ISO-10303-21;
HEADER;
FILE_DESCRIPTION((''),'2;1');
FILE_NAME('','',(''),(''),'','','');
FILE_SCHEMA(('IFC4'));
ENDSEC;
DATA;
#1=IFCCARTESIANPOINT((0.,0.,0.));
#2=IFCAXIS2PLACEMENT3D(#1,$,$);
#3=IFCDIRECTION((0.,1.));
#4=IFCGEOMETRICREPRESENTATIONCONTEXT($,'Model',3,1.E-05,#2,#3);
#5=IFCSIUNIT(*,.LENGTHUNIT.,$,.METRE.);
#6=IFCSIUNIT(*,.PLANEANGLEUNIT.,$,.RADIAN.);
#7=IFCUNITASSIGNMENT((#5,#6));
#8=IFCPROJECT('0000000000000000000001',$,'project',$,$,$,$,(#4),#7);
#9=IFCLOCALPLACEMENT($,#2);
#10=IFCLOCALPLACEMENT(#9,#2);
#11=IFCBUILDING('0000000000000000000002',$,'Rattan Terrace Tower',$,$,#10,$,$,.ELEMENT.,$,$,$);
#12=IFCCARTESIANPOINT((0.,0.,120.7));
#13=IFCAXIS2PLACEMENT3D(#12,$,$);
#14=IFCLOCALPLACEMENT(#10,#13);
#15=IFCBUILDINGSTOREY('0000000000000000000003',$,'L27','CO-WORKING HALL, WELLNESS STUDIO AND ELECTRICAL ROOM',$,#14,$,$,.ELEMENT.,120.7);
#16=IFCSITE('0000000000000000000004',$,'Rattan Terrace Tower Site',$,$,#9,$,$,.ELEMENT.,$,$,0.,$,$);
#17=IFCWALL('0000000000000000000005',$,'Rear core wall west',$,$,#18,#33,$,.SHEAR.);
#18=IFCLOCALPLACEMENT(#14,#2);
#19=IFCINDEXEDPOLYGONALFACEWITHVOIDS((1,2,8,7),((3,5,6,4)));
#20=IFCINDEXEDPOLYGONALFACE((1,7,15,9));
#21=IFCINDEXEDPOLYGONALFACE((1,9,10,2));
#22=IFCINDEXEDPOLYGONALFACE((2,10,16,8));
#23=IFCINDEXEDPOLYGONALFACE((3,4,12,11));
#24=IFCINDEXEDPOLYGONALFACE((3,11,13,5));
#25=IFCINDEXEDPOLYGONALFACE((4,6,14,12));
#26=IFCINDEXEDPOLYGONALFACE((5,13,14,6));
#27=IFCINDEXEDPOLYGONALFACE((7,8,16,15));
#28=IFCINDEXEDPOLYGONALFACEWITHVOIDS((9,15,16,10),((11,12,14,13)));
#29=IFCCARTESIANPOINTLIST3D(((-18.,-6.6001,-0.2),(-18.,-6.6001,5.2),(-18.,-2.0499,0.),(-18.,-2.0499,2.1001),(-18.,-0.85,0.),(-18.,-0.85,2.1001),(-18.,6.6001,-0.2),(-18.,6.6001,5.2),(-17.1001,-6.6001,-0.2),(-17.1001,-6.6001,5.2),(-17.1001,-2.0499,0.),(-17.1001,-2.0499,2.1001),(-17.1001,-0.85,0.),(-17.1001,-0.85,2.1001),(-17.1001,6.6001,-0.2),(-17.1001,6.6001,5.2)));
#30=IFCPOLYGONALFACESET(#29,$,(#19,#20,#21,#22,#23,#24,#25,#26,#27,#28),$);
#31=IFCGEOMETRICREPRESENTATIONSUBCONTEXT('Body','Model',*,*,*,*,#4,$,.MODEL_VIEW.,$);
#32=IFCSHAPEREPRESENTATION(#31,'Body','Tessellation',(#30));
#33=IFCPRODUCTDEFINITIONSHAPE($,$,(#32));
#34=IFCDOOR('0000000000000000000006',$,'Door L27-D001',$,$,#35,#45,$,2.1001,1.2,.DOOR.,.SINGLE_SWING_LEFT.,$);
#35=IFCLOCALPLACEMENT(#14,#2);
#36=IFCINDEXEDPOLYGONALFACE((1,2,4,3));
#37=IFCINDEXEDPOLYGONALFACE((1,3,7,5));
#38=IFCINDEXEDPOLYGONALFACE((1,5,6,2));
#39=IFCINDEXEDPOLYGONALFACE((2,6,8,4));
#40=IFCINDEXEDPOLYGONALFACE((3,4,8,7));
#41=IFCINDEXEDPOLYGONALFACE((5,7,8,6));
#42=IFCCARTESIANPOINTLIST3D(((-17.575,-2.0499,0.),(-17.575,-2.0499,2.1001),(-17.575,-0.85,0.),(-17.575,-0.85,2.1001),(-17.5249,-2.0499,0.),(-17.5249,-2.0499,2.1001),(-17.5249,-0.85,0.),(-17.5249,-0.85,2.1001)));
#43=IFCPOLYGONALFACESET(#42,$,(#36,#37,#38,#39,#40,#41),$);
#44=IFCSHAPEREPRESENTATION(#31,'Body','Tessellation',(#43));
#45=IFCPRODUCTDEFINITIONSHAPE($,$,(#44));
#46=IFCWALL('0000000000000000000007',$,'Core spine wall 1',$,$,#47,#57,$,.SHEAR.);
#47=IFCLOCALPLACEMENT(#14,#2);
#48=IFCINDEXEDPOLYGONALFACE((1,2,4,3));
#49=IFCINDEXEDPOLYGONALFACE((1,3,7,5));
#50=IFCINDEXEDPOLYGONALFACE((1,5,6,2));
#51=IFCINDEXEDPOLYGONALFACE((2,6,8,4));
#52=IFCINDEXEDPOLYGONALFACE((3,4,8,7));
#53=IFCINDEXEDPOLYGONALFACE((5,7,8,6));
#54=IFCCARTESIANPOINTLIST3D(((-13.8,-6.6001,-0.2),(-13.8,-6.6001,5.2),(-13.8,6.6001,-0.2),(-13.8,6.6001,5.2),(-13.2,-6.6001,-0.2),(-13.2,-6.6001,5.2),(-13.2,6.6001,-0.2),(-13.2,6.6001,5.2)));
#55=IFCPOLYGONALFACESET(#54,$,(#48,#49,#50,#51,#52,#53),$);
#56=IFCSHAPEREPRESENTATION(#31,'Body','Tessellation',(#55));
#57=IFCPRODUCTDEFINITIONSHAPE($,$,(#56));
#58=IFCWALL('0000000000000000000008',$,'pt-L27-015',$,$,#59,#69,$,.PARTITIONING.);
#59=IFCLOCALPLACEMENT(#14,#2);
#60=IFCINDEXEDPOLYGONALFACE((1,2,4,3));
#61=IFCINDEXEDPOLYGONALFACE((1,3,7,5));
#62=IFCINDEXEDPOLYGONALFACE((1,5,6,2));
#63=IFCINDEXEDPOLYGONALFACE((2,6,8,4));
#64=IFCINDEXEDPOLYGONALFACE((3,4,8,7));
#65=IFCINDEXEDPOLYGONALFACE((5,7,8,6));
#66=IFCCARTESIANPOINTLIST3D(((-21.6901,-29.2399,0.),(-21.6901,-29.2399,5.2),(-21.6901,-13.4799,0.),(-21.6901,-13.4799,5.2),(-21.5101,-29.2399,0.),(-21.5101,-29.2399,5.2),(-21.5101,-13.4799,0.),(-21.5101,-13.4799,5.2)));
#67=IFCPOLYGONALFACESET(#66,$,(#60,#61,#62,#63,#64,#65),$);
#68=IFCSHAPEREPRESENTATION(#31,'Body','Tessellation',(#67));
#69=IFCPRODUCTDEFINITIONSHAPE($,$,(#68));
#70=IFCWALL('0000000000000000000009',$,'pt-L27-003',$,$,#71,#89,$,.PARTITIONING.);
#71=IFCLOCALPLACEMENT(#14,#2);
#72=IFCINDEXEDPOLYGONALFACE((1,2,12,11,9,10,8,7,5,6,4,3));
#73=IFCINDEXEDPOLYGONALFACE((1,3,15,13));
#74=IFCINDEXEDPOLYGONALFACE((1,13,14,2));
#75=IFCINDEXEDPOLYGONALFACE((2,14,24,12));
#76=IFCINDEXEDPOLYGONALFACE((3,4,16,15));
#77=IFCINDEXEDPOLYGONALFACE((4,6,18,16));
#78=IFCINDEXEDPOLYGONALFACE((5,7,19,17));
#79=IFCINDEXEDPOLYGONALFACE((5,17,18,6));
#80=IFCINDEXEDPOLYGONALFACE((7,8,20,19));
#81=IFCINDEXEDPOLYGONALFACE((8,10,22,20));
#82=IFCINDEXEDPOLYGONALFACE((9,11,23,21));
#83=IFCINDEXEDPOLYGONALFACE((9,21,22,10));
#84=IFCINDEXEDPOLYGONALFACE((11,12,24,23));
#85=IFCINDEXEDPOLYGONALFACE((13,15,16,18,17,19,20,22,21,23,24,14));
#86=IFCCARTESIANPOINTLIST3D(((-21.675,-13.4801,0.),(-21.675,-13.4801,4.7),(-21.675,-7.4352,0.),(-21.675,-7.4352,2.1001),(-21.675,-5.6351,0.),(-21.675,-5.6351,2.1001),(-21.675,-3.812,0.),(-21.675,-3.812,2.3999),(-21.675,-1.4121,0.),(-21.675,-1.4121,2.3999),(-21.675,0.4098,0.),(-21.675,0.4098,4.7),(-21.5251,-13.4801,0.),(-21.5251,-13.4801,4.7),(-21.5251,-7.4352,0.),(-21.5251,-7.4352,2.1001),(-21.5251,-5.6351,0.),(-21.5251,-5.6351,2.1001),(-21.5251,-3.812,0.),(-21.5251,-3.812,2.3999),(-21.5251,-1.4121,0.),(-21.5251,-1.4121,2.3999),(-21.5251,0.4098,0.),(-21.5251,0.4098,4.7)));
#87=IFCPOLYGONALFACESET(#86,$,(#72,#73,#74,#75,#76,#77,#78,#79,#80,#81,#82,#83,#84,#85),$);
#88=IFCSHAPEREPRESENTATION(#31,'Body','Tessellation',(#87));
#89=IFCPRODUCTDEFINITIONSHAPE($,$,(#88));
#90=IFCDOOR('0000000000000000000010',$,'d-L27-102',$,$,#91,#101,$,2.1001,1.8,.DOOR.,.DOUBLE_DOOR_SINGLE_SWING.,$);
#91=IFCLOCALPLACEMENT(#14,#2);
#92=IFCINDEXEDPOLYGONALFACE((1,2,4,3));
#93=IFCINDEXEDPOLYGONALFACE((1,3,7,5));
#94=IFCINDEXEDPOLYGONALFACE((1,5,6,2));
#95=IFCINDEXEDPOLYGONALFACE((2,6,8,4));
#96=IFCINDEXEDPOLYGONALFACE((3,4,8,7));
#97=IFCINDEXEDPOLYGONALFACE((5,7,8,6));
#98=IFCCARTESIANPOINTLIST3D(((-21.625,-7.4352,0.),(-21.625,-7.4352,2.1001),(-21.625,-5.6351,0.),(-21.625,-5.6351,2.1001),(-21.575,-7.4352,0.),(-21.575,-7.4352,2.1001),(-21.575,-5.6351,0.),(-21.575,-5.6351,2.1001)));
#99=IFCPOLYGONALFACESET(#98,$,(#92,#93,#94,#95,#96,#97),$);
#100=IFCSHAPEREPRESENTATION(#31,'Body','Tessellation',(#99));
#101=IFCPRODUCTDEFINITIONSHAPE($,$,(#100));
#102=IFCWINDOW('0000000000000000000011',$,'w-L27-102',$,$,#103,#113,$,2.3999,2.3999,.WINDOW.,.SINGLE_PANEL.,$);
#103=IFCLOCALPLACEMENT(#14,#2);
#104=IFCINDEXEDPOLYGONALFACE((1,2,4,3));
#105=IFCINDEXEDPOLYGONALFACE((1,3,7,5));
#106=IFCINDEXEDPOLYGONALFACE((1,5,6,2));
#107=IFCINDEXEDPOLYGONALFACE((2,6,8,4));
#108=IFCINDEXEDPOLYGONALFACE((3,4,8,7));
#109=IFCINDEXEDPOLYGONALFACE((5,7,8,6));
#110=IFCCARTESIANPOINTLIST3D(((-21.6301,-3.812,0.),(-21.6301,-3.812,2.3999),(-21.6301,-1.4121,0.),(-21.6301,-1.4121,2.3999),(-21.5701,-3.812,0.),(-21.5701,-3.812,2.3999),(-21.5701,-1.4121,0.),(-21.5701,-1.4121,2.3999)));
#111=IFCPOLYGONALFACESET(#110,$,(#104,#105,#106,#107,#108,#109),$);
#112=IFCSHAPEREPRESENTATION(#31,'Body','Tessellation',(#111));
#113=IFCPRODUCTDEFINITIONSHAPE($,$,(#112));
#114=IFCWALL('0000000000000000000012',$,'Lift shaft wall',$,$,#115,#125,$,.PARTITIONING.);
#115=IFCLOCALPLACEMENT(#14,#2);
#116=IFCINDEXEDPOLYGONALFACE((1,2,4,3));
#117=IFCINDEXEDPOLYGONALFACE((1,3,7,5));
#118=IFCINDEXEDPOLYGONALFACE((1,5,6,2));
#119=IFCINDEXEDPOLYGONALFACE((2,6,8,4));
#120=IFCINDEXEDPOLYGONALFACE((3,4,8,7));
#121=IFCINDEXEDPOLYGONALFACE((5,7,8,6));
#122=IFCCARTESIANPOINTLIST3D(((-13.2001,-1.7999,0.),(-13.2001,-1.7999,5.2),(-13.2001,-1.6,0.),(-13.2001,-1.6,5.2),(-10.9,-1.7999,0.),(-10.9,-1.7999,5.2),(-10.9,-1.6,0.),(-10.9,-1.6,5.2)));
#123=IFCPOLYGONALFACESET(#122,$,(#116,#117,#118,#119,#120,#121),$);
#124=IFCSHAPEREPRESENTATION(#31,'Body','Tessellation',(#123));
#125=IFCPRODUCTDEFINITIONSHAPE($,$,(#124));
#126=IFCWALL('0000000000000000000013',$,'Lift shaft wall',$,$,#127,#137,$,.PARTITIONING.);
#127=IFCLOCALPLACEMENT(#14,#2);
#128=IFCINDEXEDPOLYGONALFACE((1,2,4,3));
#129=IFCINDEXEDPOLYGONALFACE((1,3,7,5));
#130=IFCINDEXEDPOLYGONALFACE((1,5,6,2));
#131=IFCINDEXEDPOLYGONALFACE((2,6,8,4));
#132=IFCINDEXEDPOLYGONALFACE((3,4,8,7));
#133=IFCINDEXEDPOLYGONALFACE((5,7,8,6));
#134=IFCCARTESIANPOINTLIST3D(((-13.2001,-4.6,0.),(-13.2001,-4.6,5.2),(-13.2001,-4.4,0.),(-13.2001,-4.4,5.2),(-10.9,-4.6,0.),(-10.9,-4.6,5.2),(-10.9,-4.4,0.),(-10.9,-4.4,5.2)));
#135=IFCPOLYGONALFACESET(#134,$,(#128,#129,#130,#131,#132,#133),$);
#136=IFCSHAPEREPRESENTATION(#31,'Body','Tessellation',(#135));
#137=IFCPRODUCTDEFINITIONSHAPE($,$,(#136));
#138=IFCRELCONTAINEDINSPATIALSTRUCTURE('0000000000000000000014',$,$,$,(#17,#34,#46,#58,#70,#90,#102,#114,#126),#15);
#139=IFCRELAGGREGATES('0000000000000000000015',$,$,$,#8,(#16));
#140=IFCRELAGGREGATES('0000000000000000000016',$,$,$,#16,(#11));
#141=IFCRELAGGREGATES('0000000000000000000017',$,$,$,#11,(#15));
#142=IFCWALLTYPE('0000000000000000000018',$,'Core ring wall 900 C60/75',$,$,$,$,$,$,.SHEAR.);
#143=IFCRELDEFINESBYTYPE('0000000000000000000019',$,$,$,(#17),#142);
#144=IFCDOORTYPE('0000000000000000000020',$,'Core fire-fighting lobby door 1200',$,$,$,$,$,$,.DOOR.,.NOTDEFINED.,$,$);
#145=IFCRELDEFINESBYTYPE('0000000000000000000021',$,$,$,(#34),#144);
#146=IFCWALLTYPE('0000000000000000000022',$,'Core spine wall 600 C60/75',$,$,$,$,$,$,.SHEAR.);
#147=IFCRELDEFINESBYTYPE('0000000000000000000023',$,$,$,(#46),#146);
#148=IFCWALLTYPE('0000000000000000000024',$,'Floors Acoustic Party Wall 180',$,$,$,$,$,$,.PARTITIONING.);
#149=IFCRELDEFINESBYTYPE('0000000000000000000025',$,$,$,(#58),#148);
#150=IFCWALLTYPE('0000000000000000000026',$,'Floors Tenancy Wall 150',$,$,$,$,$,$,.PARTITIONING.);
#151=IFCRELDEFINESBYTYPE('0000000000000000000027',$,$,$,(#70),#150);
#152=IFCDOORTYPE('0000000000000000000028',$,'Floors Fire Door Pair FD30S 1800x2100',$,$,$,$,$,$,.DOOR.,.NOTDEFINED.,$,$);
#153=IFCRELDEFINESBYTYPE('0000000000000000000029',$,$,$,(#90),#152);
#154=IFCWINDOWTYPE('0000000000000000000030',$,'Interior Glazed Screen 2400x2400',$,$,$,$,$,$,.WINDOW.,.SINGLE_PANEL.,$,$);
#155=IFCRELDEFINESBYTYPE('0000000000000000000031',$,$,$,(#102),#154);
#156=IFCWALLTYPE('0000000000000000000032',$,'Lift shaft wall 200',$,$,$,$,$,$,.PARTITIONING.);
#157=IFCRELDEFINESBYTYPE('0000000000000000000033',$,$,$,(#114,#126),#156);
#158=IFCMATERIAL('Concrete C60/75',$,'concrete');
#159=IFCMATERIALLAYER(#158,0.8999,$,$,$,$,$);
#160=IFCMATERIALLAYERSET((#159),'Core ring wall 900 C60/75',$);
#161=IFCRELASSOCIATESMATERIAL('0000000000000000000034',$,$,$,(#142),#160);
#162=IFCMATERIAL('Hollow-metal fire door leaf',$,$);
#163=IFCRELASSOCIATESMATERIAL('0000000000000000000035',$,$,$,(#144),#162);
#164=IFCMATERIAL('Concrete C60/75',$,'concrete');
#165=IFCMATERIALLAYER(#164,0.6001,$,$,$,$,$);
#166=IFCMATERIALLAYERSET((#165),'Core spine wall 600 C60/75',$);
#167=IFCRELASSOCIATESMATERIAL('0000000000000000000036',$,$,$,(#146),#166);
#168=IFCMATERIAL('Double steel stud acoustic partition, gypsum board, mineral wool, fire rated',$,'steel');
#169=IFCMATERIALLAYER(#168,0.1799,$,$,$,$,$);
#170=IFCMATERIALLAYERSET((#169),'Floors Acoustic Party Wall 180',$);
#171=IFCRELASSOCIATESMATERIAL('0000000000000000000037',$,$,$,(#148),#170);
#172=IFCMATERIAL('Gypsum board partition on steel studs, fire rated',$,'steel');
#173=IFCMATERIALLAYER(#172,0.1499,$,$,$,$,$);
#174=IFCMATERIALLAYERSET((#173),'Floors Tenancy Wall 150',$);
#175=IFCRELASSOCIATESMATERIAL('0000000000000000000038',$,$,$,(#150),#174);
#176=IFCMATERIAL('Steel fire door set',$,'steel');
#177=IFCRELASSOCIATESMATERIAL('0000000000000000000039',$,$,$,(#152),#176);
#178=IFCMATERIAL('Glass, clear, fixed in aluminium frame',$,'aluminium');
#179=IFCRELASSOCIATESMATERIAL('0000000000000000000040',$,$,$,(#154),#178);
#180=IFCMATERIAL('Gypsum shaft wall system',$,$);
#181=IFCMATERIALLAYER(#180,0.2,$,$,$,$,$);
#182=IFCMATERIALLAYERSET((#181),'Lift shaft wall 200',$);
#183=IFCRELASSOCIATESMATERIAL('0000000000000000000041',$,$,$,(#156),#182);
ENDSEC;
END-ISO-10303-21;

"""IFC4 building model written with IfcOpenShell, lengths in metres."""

from ifc_helpers import new_model, si_unit, direction, frame, frame_2d, origin, place, context, subcontext, project, spatial, rectangle, extrude, material, layer, layer_set, type_object, element, fill, save


model = new_model("IFC4")

# Units and contexts
model_context = context("Model", 3, precision=1e-05, world=origin(), true_north=direction((0.0, 1.0)))
body_context = subcontext(model_context, "Body", "Model", "MODEL_VIEW")
ifc_project = project(units=[si_unit("LENGTHUNIT", "METRE"), si_unit("PLANEANGLEUNIT", "RADIAN")], contexts=[model_context])

# Site, building, storey
site_placement = place(None, origin())
site = spatial("IfcSite", under=ifc_project, at=site_placement, Name="Rattan Terrace Tower Site", CompositionType="ELEMENT", RefElevation=0.0)
building_placement = place(site_placement, origin())
building = spatial("IfcBuilding", under=site, at=building_placement, Name="Rattan Terrace Tower", CompositionType="ELEMENT")
storey_placement = place(building_placement, frame((0.0, 0.0, 120.7)))
storey = spatial("IfcBuildingStorey", under=building, at=storey_placement, Name="L27", Description="CO-WORKING HALL, WELLNESS STUDIO AND ELECTRICAL ROOM", CompositionType="ELEMENT", Elevation=120.7)

# Shared definitions
ifc_material_1 = material(Name="Concrete C60/75", Category="concrete")
ifc_layer_1 = layer(ifc_material_1, 0.8999)
ifc_layer_set_1 = layer_set([ifc_layer_1], Name="Core ring wall 900 C60/75")
wall_type_1 = type_object("IfcWallType", Name="Core ring wall 900 C60/75", PredefinedType="SHEAR", material=ifc_layer_set_1)

# Wall, opening, door
wall_1_placement = place(storey_placement, frame((-17.55, -6.6001, -0.2), z_axis=(0.0, 0.0, 1.0), x_axis=(0.0, 1.0, 0.0)))
wall_1 = element("IfcWall", 1, at=wall_1_placement, inside=storey, type_object=wall_type_1, Name="Rear core wall west", PredefinedType="SHEAR", context=body_context, shape_type="SweptSolid", body=[
    extrude(rectangle(XDim=13.2002, YDim=0.8999, at=frame_2d((6.6001, 0.0))), origin(), (0.0, 0.0, 1.0), 5.3999),
])
opening_1_placement = place(wall_1_placement, frame((4.55, 0.0, 0.2)))
opening_1 = element("IfcOpeningElement", 2, at=opening_1_placement, cuts=wall_1, PredefinedType="OPENING", context=body_context, shape_type="SweptSolid", body=[
    extrude(rectangle(XDim=1.2, YDim=2.1001, at=frame_2d((0.6001, 1.05))), frame((0.0, 0.4604, 0.0), z_axis=(0.0, -1.0, 0.0), x_axis=(1.0, 0.0, 0.0)), (0.0, 0.0, 1.0), 0.9209),
])
ifc_material_2 = material(Name="Hollow-metal fire door leaf")
door_type_1 = type_object("IfcDoorType", Name="Core fire-fighting lobby door 1200", OperationType="NOTDEFINED", PredefinedType="DOOR", material=ifc_material_2)
door_1_placement = place(opening_1_placement, origin())
door_1 = element("IfcDoor", 3, at=door_1_placement, inside=storey, type_object=door_type_1, Name="Door L27-D001", OperationType="SINGLE_SWING_LEFT", OverallHeight=2.1001, OverallWidth=1.2, PredefinedType="DOOR", context=body_context, shape_type="SweptSolid", body=[
    extrude(rectangle(XDim=1.2, YDim=2.1001, at=frame_2d((0.6001, 1.05))), frame((0.0, 0.0249, 0.0), z_axis=(0.0, -1.0, 0.0), x_axis=(1.0, 0.0, 0.0)), (0.0, 0.0, 1.0), 0.05),
])
fill(opening_1, door_1)

# Walls
ifc_material_3 = material(Name="Concrete C60/75", Category="concrete")
ifc_layer_2 = layer(ifc_material_3, 0.6001)
ifc_layer_set_2 = layer_set([ifc_layer_2], Name="Core spine wall 600 C60/75")
wall_type_2 = type_object("IfcWallType", Name="Core spine wall 600 C60/75", PredefinedType="SHEAR", material=ifc_layer_set_2)
wall_2_placement = place(storey_placement, frame((-13.5, -6.6001, -0.2), z_axis=(0.0, 0.0, 1.0), x_axis=(0.0, 1.0, 0.0)))
element("IfcWall", 4, at=wall_2_placement, inside=storey, type_object=wall_type_2, Name="Core spine wall 1", PredefinedType="SHEAR", context=body_context, shape_type="SweptSolid", body=[
    extrude(rectangle(XDim=13.2002, YDim=0.6001, at=frame_2d((6.6001, 0.0))), origin(), (0.0, 0.0, 1.0), 5.3999),
])
ifc_material_4 = material(Name="Double steel stud acoustic partition, gypsum board, mineral wool, fire rated", Category="steel")
ifc_layer_3 = layer(ifc_material_4, 0.1799)
ifc_layer_set_3 = layer_set([ifc_layer_3], Name="Floors Acoustic Party Wall 180")
wall_type_3 = type_object("IfcWallType", Name="Floors Acoustic Party Wall 180", PredefinedType="PARTITIONING", material=ifc_layer_set_3)
wall_3_placement = place(storey_placement, frame((-21.6001, -13.48, 0.0), z_axis=(0.0, 0.0, 1.0), x_axis=(0.0, -1.0, 0.0)))
element("IfcWall", 5, at=wall_3_placement, inside=storey, type_object=wall_type_3, Name="pt-L27-015", PredefinedType="PARTITIONING", context=body_context, shape_type="SweptSolid", body=[
    extrude(rectangle(XDim=15.76, YDim=0.1799, at=frame_2d((7.8799, 0.0))), origin(), (0.0, 0.0, 1.0), 5.2),
])

# Wall, openings, door, window
ifc_material_5 = material(Name="Gypsum board partition on steel studs, fire rated", Category="steel")
ifc_layer_4 = layer(ifc_material_5, 0.1499)
ifc_layer_set_4 = layer_set([ifc_layer_4], Name="Floors Tenancy Wall 150")
wall_type_4 = type_object("IfcWallType", Name="Floors Tenancy Wall 150", PredefinedType="PARTITIONING", material=ifc_layer_set_4)
wall_4_placement = place(storey_placement, frame((-21.6001, -13.48, 0.0), z_axis=(0.0, 0.0, 1.0), x_axis=(0.0, 1.0, 0.0)))
wall_4 = element("IfcWall", 6, at=wall_4_placement, inside=storey, type_object=wall_type_4, Name="pt-L27-003", PredefinedType="PARTITIONING", context=body_context, shape_type="SweptSolid", body=[
    extrude(rectangle(XDim=13.8899, YDim=0.1499, at=frame_2d((6.9448, 0.0))), origin(), (0.0, 0.0, 1.0), 4.7),
])
opening_2_placement = place(wall_4_placement, frame((6.0449, 0.0, 0.0)))
opening_2 = element("IfcOpeningElement", 7, at=opening_2_placement, cuts=wall_4, PredefinedType="OPENING", context=body_context, shape_type="SweptSolid", body=[
    extrude(rectangle(XDim=1.8, YDim=2.1001, at=frame_2d((0.8999, 1.05))), frame((0.0, 0.0854, 0.0), z_axis=(0.0, -1.0, 0.0), x_axis=(1.0, 0.0, 0.0)), (0.0, 0.0, 1.0), 0.1709),
])
opening_3_placement = place(wall_4_placement, frame((9.668, 0.0, 0.0)))
opening_3 = element("IfcOpeningElement", 8, at=opening_3_placement, cuts=wall_4, PredefinedType="OPENING", context=body_context, shape_type="SweptSolid", body=[
    extrude(rectangle(XDim=2.3999, YDim=2.3999, at=frame_2d((1.2, 1.2))), frame((0.0, 0.0854, 0.0), z_axis=(0.0, -1.0, 0.0), x_axis=(1.0, 0.0, 0.0)), (0.0, 0.0, 1.0), 0.1709),
])
ifc_material_6 = material(Name="Steel fire door set", Category="steel")
door_type_2 = type_object("IfcDoorType", Name="Floors Fire Door Pair FD30S 1800x2100", OperationType="NOTDEFINED", PredefinedType="DOOR", material=ifc_material_6)
door_2_placement = place(opening_2_placement, origin())
door_2 = element("IfcDoor", 9, at=door_2_placement, inside=storey, type_object=door_type_2, Name="d-L27-102", OperationType="DOUBLE_DOOR_SINGLE_SWING", OverallHeight=2.1001, OverallWidth=1.8, PredefinedType="DOOR", context=body_context, shape_type="SweptSolid", body=[
    extrude(rectangle(XDim=1.8, YDim=2.1001, at=frame_2d((0.8999, 1.05))), frame((0.0, 0.0249, 0.0), z_axis=(0.0, -1.0, 0.0), x_axis=(1.0, 0.0, 0.0)), (0.0, 0.0, 1.0), 0.05),
])
fill(opening_2, door_2)
ifc_material_7 = material(Name="Glass, clear, fixed in aluminium frame", Category="aluminium")
window_type = type_object("IfcWindowType", Name="Interior Glazed Screen 2400x2400", PartitioningType="SINGLE_PANEL", PredefinedType="WINDOW", material=ifc_material_7)
window_placement = place(opening_3_placement, origin())
window = element("IfcWindow", 10, at=window_placement, inside=storey, type_object=window_type, Name="w-L27-102", OverallHeight=2.3999, OverallWidth=2.3999, PartitioningType="SINGLE_PANEL", PredefinedType="WINDOW", context=body_context, shape_type="SweptSolid", body=[
    extrude(rectangle(XDim=2.3999, YDim=2.3999, at=frame_2d((1.2, 1.2))), frame((0.0, 0.03, 0.0), z_axis=(0.0, -1.0, 0.0), x_axis=(1.0, 0.0, 0.0)), (0.0, 0.0, 1.0), 0.0601),
])
fill(opening_3, window)

# Walls
ifc_material_8 = material(Name="Gypsum shaft wall system")
ifc_layer_5 = layer(ifc_material_8, 0.2)
ifc_layer_set_5 = layer_set([ifc_layer_5], Name="Lift shaft wall 200")
wall_type_5 = type_object("IfcWallType", Name="Lift shaft wall 200", PredefinedType="PARTITIONING", material=ifc_layer_set_5)
for number, where, z_axis, x_axis, name in (
    (11, (-13.2, -1.7, 0.0), (0.0, 0.0, 1.0), (1.0, 0.0, 0.0), "Lift shaft wall"),
    (12, (-13.2, -4.5, 0.0), (0.0, 0.0, 1.0), (1.0, 0.0, 0.0), "Lift shaft wall"),
):
    element("IfcWall", number, at=place(storey_placement, frame(where, z_axis=z_axis, x_axis=x_axis)), inside=storey, type_object=wall_type_5, Name=name, PredefinedType="PARTITIONING", context=body_context, shape_type="SweptSolid", body=[
        extrude(rectangle(XDim=2.3, YDim=0.2, at=frame_2d((1.1499, 0.0))), origin(), (0.0, 0.0, 1.0), 5.2),
    ])

save(model, "model.ifc")
